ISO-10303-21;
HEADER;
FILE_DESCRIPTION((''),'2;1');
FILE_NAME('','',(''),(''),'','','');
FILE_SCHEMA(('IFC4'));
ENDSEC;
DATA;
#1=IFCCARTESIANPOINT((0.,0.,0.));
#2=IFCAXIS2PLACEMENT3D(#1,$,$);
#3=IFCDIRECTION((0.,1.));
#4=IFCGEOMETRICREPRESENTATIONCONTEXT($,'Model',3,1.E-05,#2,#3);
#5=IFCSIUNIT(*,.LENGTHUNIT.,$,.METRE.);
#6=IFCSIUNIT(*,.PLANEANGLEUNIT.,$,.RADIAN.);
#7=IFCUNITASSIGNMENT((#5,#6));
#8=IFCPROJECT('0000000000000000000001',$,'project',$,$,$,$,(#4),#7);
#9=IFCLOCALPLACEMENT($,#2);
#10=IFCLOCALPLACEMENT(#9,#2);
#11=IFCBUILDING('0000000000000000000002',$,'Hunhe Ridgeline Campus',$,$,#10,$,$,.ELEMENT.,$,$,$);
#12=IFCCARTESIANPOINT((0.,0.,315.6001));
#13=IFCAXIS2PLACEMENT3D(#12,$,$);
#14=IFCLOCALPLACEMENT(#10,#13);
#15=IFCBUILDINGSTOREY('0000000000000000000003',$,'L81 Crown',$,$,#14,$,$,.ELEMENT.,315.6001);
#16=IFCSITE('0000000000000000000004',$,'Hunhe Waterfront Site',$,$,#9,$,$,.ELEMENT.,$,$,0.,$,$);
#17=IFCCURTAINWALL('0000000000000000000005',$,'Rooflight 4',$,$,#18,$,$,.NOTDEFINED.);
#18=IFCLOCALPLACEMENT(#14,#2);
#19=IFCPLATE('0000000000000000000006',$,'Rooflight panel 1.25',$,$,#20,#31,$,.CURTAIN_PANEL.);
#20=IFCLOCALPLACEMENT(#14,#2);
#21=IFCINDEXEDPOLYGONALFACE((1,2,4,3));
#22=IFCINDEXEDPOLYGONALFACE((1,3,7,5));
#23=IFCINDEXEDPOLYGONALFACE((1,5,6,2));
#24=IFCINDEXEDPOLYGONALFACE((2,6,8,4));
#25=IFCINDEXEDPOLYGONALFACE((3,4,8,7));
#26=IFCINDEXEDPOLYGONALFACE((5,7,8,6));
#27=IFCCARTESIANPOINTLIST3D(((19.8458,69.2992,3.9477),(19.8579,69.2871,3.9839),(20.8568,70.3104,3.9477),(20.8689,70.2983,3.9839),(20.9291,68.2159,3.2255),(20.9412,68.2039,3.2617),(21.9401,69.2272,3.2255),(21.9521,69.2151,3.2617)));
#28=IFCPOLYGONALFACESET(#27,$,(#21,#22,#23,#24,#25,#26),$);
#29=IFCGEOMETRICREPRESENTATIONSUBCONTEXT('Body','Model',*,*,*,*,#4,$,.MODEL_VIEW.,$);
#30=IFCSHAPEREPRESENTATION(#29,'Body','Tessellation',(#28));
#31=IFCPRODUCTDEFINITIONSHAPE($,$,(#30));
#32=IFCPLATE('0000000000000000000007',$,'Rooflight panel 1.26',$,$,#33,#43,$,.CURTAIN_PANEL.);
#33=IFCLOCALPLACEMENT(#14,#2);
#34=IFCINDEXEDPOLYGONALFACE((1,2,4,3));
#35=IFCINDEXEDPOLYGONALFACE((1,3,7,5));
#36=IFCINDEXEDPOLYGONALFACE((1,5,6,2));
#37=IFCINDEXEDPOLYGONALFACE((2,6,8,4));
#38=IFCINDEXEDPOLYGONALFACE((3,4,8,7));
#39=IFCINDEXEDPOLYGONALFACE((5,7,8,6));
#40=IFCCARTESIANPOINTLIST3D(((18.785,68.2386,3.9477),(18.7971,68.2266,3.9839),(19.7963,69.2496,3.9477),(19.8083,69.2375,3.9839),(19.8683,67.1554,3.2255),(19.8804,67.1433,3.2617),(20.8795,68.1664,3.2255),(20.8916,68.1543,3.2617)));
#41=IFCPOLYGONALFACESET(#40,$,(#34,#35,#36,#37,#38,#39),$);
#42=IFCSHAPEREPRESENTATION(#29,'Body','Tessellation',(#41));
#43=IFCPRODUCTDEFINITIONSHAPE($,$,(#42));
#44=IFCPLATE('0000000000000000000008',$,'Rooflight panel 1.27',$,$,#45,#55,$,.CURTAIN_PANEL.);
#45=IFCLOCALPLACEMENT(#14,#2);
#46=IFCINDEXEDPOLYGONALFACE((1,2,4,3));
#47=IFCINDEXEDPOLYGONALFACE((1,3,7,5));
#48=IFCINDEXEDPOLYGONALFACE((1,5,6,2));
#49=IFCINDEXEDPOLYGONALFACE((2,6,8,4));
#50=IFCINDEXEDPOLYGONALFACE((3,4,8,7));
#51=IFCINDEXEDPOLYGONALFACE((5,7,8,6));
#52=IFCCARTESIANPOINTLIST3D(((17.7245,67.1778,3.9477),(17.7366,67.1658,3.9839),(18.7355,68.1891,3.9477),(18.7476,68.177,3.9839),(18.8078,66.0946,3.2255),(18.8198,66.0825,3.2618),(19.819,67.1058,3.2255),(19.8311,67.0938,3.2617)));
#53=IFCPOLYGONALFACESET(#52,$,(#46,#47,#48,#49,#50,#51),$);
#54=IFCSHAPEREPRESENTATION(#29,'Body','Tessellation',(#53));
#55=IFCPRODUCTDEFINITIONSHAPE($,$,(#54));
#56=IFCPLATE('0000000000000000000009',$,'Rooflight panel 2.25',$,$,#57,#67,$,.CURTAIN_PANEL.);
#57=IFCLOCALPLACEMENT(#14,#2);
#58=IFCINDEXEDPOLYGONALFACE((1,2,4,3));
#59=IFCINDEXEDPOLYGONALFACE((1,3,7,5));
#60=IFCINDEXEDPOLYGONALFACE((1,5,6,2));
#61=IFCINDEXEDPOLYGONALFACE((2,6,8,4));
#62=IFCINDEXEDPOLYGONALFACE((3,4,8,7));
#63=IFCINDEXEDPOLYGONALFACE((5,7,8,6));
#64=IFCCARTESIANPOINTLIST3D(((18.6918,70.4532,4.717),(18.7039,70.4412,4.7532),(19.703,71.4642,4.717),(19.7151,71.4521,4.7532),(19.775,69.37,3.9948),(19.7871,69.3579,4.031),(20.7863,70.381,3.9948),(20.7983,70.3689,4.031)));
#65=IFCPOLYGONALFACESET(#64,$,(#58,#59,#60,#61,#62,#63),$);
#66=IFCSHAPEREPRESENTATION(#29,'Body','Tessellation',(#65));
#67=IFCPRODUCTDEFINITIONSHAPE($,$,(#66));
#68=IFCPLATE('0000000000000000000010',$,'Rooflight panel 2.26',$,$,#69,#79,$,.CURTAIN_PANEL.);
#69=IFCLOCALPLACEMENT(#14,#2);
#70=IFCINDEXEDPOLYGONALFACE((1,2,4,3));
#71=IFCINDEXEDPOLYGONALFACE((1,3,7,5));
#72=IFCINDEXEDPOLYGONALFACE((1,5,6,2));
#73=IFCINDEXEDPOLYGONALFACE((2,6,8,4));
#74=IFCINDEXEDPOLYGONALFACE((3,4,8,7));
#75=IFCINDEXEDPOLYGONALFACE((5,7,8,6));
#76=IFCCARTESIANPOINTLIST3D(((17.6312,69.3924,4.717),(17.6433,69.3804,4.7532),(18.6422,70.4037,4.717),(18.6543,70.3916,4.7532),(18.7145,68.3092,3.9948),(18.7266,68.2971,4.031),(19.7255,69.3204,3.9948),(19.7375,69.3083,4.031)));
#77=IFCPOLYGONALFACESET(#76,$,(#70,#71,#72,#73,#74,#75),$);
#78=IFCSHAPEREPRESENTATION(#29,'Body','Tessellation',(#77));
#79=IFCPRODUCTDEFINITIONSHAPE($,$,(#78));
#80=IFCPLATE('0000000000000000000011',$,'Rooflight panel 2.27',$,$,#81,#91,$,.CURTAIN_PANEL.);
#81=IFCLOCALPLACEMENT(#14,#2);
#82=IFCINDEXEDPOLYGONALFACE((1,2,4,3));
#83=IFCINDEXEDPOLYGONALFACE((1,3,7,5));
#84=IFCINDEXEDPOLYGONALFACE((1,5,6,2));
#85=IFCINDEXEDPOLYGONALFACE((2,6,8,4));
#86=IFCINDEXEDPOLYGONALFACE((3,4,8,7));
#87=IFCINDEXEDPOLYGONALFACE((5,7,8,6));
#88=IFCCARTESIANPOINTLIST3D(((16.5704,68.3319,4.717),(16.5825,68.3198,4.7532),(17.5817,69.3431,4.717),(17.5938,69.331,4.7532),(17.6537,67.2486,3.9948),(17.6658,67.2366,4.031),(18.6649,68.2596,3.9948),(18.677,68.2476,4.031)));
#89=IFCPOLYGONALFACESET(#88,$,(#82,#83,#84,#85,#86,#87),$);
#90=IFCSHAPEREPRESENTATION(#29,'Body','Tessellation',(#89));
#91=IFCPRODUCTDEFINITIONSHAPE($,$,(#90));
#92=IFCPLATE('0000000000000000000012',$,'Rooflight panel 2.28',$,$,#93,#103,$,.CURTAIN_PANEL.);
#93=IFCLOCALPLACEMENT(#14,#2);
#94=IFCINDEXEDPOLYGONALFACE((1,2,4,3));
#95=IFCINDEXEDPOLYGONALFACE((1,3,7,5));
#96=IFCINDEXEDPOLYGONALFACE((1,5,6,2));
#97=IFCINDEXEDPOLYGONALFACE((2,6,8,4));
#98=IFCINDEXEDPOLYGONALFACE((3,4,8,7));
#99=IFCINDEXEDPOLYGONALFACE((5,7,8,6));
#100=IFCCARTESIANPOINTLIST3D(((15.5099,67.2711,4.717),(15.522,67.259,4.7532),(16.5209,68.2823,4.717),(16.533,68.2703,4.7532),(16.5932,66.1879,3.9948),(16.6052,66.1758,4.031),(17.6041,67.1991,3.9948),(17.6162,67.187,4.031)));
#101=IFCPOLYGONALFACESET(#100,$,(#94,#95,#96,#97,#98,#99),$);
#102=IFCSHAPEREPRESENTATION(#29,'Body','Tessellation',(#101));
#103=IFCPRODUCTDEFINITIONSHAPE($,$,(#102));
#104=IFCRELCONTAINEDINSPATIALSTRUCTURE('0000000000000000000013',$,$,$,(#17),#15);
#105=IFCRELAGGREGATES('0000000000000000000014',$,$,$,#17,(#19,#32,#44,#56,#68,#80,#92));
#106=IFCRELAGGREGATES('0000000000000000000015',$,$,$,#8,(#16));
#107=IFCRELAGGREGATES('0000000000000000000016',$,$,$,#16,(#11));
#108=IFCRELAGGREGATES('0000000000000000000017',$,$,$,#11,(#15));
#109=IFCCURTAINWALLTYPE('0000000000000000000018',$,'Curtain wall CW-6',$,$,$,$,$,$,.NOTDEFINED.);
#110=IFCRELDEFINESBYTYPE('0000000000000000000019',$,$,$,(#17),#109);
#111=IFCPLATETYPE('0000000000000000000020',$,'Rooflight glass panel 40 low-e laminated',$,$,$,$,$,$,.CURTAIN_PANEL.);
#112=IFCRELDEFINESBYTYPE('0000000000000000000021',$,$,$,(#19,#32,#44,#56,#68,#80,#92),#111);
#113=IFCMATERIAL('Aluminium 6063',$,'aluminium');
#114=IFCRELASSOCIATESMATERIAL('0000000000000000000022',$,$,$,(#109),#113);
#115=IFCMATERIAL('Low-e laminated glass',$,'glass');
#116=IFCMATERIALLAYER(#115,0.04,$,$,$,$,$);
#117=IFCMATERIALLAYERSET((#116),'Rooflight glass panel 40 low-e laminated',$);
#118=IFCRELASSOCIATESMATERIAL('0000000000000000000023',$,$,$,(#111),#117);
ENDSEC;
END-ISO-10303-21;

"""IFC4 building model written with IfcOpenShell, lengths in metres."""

from ifc_helpers import new_model, si_unit, direction, frame, origin, place, context, subcontext, project, spatial, polyline, outline, extrude, material, layer, layer_set, type_object, element, aggregate, save


model = new_model("IFC4")

# Units and contexts
model_context = context("Model", 3, precision=1e-05, world=origin(), true_north=direction((0.0, 1.0)))
body_context = subcontext(model_context, "Body", "Model", "MODEL_VIEW")
ifc_project = project(units=[si_unit("LENGTHUNIT", "METRE"), si_unit("PLANEANGLEUNIT", "RADIAN")], contexts=[model_context])

# Site, building, storey
site_placement = place(None, origin())
site = spatial("IfcSite", under=ifc_project, at=site_placement, Name="Hunhe Waterfront Site", CompositionType="ELEMENT", RefElevation=0.0)
building_placement = place(site_placement, origin())
building = spatial("IfcBuilding", under=site, at=building_placement, Name="Hunhe Ridgeline Campus", CompositionType="ELEMENT")
storey_placement = place(building_placement, frame((0.0, 0.0, 315.6001)))
storey = spatial("IfcBuildingStorey", under=building, at=storey_placement, Name="L81 Crown", CompositionType="ELEMENT", Elevation=315.6001)

# Curtain wall
ifc_material_1 = material(Name="Aluminium 6063", Category="aluminium")
curtain_wall_type = type_object("IfcCurtainWallType", Name="Curtain wall CW-6", PredefinedType="NOTDEFINED", material=ifc_material_1)
curtain_wall_1_placement = place(storey_placement, origin())
curtain_wall_1 = element("IfcCurtainWall", 1, at=curtain_wall_1_placement, inside=storey, type_object=curtain_wall_type, Name="Rooflight 4", PredefinedType="NOTDEFINED")

# Plates
ifc_material_2 = material(Name="Low-e laminated glass", Category="glass")
ifc_layer = layer(ifc_material_2, 0.04)
ifc_layer_set = layer_set([ifc_layer], Name="Rooflight glass panel 40 low-e laminated")
plate_type = type_object("IfcPlateType", Name="Rooflight glass panel 40 low-e laminated", PredefinedType="CURTAIN_PANEL", material=ifc_layer_set)
plate_1_placement = place(storey_placement, frame((21.9521, 69.2151, 3.2617), z_axis=(0.301548, -0.301475, 0.904534), x_axis=(-0.639602, 0.639602, 0.426401)))
plate_1 = element("IfcPlate", 2, at=plate_1_placement, type_object=plate_type, Name="Rooflight panel 1.25", PredefinedType="CURTAIN_PANEL", context=body_context, shape_type="SweptSolid", body=[
    extrude(outline(polyline([(0.0, 0.0), (1.6936, 0.0), (1.6935, 1.4299), (-0.0002, 1.4299), (0.0, 0.0)])), origin(), (0.0, 0.0, -1.0), 0.04),
])
plate_2_placement = place(storey_placement, frame((20.8916, 68.1543, 3.2617), z_axis=(0.301475, -0.301548, 0.904534), x_axis=(-0.639602, 0.639602, 0.426401)))
plate_2 = element("IfcPlate", 3, at=plate_2_placement, type_object=plate_type, Name="Rooflight panel 1.26", PredefinedType="CURTAIN_PANEL", context=body_context, shape_type="SweptSolid", body=[
    extrude(outline(polyline([(0.0, 0.0), (1.6936, 0.0), (1.6938, 1.4299), (0.0002, 1.4299), (0.0, 0.0)])), origin(), (0.0, 0.0, -1.0), 0.04),
])
plate_3_placement = place(storey_placement, frame((19.8311, 67.0938, 3.2617), z_axis=(0.301516, -0.301479, 0.904543), x_axis=(-0.639681, 0.639537, 0.426382)))
plate_3 = element("IfcPlate", 4, at=plate_3_placement, type_object=plate_type, Name="Rooflight panel 1.27", PredefinedType="CURTAIN_PANEL", context=body_context, shape_type="SweptSolid", body=[
    extrude(outline(polyline([(0.0, 0.0), (1.6938, 0.0), (1.6938, 1.4299), (0.0001, 1.4301), (0.0, 0.0)])), origin(), (0.0, 0.0, -1.0), 0.04),
])
plate_4_placement = place(storey_placement, frame((20.7983, 70.3689, 4.031), z_axis=(0.301475, -0.301548, 0.904534), x_axis=(-0.639602, 0.639602, 0.426401)))
plate_4 = element("IfcPlate", 5, at=plate_4_placement, type_object=plate_type, Name="Rooflight panel 2.25", PredefinedType="CURTAIN_PANEL", context=body_context, shape_type="SweptSolid", body=[
    extrude(outline(polyline([(0.0, 0.0), (1.6936, 0.0), (1.6938, 1.4299), (0.0002, 1.4299), (0.0, 0.0)])), origin(), (0.0, 0.0, -1.0), 0.04),
])
plate_5_placement = place(storey_placement, frame((19.7375, 69.3083, 4.031), z_axis=(0.301548, -0.301475, 0.904534), x_axis=(-0.639602, 0.639602, 0.426401)))
plate_5 = element("IfcPlate", 6, at=plate_5_placement, type_object=plate_type, Name="Rooflight panel 2.26", PredefinedType="CURTAIN_PANEL", context=body_context, shape_type="SweptSolid", body=[
    extrude(outline(polyline([(0.0, 0.0), (1.6936, 0.0), (1.6935, 1.4299), (-0.0002, 1.4299), (0.0, 0.0)])), origin(), (0.0, 0.0, -1.0), 0.04),
])
plate_6_placement = place(storey_placement, frame((18.677, 68.2476, 4.031), z_axis=(0.301479, -0.301516, 0.904543), x_axis=(-0.639537, 0.639681, 0.426382)))
plate_6 = element("IfcPlate", 7, at=plate_6_placement, type_object=plate_type, Name="Rooflight panel 2.27", PredefinedType="CURTAIN_PANEL", context=body_context, shape_type="SweptSolid", body=[
    extrude(outline(polyline([(0.0, 0.0), (1.6938, 0.0), (1.6936, 1.4301), (0.0, 1.4299), (0.0, 0.0)])), origin(), (0.0, 0.0, -1.0), 0.04),
])
plate_7_placement = place(storey_placement, frame((17.6162, 67.187, 4.031), z_axis=(0.301548, -0.301475, 0.904534), x_axis=(-0.639602, 0.639602, 0.426401)))
plate_7 = element("IfcPlate", 8, at=plate_7_placement, type_object=plate_type, Name="Rooflight panel 2.28", PredefinedType="CURTAIN_PANEL", context=body_context, shape_type="SweptSolid", body=[
    extrude(outline(polyline([(0.0, 0.0), (1.6936, 0.0), (1.6935, 1.4299), (-0.0002, 1.4299), (0.0, 0.0)])), origin(), (0.0, 0.0, -1.0), 0.04),
])
aggregate(curtain_wall_1, [plate_1, plate_2, plate_3, plate_4, plate_5, plate_6, plate_7])

save(model, "model.ifc")
